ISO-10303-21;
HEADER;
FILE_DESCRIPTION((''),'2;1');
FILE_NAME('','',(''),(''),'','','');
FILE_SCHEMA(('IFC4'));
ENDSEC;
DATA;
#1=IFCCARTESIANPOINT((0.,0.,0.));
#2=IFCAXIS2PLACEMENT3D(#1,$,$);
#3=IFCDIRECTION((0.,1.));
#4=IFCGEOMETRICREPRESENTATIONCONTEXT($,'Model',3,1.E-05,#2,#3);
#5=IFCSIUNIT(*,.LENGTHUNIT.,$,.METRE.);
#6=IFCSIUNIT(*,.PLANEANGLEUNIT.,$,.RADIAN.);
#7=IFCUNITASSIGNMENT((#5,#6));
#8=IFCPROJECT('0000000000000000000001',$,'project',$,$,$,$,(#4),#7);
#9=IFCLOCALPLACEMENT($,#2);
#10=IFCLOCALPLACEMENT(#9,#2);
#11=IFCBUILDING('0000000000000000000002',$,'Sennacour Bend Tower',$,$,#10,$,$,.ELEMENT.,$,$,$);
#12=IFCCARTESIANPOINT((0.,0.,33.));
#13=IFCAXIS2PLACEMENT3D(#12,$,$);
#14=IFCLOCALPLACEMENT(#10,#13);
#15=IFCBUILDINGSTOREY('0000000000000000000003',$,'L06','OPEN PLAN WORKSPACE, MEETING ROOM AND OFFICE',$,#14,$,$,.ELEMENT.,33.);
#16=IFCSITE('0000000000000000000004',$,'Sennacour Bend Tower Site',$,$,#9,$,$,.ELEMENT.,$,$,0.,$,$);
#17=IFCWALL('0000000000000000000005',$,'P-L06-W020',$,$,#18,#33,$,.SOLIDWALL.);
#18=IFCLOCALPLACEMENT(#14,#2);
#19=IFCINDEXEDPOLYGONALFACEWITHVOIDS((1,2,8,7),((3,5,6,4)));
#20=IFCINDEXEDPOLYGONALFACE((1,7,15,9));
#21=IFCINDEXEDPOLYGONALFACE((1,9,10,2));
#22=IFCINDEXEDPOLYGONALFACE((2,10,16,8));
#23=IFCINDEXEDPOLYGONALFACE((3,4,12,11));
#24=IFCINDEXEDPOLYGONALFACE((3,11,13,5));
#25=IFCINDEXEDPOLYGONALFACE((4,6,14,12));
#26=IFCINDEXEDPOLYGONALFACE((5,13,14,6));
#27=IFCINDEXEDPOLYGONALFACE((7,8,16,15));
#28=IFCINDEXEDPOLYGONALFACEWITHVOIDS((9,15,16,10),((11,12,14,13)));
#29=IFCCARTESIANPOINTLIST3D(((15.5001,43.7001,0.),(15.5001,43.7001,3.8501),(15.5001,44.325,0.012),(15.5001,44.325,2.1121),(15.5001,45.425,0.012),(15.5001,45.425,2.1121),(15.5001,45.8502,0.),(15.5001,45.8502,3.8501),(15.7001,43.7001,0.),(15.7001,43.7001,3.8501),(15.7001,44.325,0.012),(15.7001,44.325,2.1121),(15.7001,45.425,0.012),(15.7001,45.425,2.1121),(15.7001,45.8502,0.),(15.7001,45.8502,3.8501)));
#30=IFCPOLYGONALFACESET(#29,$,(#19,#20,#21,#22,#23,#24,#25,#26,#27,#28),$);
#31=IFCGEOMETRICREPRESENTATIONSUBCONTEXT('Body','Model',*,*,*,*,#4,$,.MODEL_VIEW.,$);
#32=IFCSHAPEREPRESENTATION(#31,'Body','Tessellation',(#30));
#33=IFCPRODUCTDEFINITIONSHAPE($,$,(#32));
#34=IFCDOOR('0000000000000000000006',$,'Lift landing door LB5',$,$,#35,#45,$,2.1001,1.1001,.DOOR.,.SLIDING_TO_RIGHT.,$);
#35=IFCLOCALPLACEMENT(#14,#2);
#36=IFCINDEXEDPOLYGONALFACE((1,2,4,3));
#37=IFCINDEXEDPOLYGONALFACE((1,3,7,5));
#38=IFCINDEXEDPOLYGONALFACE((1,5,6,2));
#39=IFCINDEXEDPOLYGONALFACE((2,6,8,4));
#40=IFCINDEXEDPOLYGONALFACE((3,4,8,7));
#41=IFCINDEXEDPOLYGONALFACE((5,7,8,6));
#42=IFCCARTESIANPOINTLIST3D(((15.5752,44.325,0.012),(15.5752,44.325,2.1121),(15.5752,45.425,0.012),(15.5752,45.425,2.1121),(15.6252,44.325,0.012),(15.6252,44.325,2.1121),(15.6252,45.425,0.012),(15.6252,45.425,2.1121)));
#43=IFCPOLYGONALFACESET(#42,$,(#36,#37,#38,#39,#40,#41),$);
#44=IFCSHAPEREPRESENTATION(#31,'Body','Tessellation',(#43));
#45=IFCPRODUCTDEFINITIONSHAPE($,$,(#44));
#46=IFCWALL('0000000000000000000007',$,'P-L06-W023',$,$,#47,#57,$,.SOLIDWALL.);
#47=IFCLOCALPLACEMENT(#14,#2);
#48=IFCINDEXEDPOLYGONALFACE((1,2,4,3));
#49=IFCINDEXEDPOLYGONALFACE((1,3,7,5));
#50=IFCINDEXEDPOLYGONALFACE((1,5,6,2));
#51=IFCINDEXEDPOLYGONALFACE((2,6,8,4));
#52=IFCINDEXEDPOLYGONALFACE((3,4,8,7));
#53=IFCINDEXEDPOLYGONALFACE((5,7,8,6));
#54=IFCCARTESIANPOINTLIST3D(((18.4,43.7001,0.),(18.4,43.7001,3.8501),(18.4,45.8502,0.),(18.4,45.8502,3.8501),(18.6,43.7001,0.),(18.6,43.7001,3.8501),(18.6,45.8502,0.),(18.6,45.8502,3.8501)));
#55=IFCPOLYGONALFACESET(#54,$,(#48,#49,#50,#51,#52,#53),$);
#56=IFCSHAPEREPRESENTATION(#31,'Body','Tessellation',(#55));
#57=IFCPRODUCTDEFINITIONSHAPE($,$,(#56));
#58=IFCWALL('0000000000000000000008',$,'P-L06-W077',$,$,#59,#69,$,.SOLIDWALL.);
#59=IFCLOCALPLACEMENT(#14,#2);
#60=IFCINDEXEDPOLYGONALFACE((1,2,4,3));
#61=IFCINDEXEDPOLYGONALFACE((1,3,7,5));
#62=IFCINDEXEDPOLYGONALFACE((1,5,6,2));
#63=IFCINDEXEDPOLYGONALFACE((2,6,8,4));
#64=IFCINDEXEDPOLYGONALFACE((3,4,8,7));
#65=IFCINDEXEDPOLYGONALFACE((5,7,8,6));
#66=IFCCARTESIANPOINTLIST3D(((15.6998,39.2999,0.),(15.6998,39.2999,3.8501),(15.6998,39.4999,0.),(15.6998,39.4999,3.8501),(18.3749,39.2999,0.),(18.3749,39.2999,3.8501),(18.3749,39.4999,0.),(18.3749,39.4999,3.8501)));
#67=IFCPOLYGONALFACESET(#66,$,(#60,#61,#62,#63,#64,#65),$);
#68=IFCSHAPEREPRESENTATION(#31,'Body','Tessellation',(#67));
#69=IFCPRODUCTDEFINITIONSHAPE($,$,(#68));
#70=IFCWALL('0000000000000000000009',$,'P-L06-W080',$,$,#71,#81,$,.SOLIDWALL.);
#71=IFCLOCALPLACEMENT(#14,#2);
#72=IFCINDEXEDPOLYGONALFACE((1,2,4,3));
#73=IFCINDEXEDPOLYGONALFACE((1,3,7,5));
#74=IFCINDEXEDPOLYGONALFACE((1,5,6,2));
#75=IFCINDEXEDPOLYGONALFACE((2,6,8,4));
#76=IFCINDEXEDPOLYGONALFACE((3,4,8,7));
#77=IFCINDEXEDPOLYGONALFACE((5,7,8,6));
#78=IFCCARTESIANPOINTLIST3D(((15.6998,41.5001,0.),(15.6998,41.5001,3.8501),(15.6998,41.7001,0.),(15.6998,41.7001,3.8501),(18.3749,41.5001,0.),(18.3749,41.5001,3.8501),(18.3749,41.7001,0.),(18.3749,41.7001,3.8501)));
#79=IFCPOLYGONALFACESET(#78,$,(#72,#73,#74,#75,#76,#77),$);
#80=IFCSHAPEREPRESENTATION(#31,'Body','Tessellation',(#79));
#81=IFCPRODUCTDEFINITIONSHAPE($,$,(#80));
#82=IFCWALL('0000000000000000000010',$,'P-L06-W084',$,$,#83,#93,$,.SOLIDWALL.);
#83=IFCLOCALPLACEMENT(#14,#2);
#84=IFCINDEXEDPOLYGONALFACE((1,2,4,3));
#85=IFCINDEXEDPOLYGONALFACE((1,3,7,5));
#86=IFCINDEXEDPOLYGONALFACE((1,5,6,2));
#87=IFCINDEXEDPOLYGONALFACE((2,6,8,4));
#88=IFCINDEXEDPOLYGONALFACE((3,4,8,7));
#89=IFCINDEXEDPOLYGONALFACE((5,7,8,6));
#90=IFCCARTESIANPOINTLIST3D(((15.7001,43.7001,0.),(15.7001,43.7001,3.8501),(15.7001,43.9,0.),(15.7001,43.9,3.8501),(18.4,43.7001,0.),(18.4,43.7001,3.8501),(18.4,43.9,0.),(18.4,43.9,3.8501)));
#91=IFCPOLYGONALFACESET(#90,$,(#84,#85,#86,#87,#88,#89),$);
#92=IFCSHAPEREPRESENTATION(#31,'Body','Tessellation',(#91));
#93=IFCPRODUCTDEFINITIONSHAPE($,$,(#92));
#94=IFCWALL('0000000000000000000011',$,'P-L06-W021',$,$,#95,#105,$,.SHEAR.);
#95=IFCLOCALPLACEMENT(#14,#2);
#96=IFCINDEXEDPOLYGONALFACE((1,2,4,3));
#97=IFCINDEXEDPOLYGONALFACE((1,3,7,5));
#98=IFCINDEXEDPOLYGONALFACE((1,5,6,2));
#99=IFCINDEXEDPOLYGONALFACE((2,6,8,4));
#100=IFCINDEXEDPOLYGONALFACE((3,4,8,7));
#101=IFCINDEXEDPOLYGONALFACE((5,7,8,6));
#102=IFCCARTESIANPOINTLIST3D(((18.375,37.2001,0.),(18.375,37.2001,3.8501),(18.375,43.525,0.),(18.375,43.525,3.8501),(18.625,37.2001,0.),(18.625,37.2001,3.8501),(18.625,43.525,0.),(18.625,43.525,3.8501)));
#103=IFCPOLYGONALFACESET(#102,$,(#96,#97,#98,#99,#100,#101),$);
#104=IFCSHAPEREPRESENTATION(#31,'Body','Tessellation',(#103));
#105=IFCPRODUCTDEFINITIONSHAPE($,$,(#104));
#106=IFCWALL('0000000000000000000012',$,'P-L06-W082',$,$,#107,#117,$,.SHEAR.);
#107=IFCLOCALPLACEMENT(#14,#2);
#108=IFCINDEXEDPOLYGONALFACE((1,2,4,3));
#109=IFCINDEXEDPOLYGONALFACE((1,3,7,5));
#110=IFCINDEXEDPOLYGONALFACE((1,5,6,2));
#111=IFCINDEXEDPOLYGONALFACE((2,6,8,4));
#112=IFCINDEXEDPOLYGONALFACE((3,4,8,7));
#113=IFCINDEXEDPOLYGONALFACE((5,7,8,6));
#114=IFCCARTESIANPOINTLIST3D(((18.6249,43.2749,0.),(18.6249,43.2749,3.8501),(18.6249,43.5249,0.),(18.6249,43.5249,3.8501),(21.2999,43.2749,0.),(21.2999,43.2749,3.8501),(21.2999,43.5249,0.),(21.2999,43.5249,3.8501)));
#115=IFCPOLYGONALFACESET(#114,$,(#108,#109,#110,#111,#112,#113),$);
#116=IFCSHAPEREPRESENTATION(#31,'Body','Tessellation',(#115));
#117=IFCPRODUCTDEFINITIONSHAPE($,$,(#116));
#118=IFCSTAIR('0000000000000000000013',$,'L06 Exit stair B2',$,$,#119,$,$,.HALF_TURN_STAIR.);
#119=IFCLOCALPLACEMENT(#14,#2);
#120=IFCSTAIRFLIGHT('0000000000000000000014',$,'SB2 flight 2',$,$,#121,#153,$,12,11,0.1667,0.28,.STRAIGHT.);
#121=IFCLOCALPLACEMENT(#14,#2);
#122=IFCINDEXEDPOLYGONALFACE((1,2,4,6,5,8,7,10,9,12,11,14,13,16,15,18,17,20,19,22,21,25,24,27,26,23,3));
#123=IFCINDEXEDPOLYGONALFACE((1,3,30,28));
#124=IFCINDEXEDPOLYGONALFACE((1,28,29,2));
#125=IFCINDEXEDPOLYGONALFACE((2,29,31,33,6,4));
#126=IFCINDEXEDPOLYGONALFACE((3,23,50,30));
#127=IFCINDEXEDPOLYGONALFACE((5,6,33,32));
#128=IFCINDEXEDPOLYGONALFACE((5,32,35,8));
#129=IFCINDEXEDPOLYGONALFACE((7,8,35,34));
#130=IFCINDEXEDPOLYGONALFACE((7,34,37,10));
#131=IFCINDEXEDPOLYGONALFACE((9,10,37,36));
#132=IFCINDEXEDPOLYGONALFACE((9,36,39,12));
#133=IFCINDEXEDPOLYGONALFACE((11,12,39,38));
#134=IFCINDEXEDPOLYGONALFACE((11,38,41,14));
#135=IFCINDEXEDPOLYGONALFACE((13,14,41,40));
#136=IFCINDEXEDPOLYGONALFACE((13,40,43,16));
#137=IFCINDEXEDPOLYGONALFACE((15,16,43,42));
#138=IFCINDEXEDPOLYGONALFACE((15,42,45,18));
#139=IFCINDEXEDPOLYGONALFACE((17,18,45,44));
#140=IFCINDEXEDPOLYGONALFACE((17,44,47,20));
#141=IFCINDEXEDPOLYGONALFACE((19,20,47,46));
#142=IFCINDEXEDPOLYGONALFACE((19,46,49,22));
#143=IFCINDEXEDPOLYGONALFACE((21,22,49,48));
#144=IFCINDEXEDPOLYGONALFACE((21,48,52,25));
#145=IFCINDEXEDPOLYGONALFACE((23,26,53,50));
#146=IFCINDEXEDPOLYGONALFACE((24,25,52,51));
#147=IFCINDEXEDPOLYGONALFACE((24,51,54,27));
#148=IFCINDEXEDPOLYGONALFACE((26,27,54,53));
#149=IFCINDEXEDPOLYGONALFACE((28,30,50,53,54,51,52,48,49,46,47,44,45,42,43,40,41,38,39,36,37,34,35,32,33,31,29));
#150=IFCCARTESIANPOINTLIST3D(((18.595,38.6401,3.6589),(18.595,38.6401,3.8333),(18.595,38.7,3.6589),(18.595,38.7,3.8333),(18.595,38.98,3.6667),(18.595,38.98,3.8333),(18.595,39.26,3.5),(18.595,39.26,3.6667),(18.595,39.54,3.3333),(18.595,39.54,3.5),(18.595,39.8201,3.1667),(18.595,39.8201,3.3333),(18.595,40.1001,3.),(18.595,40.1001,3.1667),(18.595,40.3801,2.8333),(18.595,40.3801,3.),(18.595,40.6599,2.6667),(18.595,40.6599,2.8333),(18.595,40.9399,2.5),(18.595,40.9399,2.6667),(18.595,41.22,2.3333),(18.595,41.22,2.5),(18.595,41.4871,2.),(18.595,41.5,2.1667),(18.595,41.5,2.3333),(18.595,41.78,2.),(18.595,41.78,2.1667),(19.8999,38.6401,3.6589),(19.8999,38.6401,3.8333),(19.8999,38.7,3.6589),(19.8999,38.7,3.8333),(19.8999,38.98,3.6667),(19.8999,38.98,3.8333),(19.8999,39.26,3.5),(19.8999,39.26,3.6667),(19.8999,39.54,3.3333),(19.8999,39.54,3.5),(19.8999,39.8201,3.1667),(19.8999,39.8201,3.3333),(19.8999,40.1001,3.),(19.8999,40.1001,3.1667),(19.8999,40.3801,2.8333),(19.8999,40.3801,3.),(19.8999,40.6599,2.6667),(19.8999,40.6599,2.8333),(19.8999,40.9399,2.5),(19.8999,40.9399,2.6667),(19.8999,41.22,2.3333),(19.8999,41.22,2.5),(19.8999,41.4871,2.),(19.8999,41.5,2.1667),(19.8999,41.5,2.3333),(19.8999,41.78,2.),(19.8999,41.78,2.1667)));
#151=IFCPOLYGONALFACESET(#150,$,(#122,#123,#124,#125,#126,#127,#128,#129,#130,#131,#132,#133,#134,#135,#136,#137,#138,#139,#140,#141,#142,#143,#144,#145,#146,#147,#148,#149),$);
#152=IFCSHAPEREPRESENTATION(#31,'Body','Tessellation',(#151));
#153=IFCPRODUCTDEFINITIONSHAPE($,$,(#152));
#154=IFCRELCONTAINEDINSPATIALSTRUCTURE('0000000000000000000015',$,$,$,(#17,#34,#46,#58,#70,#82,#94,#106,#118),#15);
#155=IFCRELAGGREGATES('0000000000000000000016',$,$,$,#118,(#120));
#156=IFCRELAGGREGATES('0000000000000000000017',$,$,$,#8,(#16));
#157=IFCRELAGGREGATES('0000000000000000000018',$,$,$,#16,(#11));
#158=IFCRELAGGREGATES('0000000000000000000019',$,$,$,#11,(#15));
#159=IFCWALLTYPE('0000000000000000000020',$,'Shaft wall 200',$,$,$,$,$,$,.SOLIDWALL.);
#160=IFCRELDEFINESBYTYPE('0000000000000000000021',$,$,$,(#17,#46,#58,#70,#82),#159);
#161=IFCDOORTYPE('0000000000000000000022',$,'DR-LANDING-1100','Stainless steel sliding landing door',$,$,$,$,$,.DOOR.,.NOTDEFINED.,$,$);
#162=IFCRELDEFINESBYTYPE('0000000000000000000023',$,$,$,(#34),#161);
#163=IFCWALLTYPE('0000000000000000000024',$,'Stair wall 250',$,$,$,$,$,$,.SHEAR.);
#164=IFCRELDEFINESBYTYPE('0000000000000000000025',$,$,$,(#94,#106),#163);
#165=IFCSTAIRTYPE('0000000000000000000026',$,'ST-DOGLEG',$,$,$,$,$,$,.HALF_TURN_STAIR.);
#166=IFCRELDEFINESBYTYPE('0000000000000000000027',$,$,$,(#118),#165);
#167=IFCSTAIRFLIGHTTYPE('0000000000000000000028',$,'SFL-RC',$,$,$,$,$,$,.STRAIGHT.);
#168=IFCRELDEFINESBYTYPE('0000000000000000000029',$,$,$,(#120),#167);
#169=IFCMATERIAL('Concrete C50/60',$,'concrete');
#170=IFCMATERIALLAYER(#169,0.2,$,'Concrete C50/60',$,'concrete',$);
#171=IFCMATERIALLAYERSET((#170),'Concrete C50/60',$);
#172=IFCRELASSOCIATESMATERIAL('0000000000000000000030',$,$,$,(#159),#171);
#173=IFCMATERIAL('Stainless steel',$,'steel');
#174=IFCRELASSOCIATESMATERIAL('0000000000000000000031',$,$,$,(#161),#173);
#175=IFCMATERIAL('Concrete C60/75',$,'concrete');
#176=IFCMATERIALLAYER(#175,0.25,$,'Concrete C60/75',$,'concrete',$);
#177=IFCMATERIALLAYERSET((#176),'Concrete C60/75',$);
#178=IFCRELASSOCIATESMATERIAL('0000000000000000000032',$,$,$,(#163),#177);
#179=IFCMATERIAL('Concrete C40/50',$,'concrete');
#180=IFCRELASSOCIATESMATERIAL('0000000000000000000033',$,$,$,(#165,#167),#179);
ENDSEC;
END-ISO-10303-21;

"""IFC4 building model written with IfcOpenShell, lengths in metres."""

from ifc_helpers import new_model, si_unit, direction, frame, frame_2d, origin, place, context, subcontext, project, spatial, polyline, rectangle, outline, extrude, material, layer, layer_set, type_object, element, fill, aggregate, save


model = new_model("IFC4")

# Units and contexts
model_context = context("Model", 3, precision=1e-05, world=origin(), true_north=direction((0.0, 1.0)))
body_context = subcontext(model_context, "Body", "Model", "MODEL_VIEW")
ifc_project = project(units=[si_unit("LENGTHUNIT", "METRE"), si_unit("PLANEANGLEUNIT", "RADIAN")], contexts=[model_context])

# Site, building, storey
site_placement = place(None, origin())
site = spatial("IfcSite", under=ifc_project, at=site_placement, Name="Sennacour Bend Tower Site", CompositionType="ELEMENT", RefElevation=0.0)
building_placement = place(site_placement, origin())
building = spatial("IfcBuilding", under=site, at=building_placement, Name="Sennacour Bend Tower", CompositionType="ELEMENT")
storey_placement = place(building_placement, frame((0.0, 0.0, 33.0)))
storey = spatial("IfcBuildingStorey", under=building, at=storey_placement, Name="L06", Description="OPEN PLAN WORKSPACE, MEETING ROOM AND OFFICE", CompositionType="ELEMENT", Elevation=33.0)

# Shared definitions
ifc_material_1 = material(Name="Concrete C50/60", Category="concrete")
ifc_layer_1 = layer(ifc_material_1, 0.2, Name="Concrete C50/60", Category="concrete")
ifc_layer_set_1 = layer_set([ifc_layer_1], Name="Concrete C50/60")
wall_type_1 = type_object("IfcWallType", Name="Shaft wall 200", PredefinedType="SOLIDWALL", material=ifc_layer_set_1)
ifc_material_2 = material(Name="Stainless steel", Category="steel")

# Wall, opening, door
wall_1_placement = place(storey_placement, frame((15.6001, 43.7, 0.0), z_axis=(0.0, 0.0, 1.0), x_axis=(0.0, 1.0, 0.0)))
wall_1 = element("IfcWall", 1, at=wall_1_placement, inside=storey, type_object=wall_type_1, Name="P-L06-W020", PredefinedType="SOLIDWALL", context=body_context, shape_type="SweptSolid", body=[
    extrude(rectangle(XDim=2.1501, YDim=0.2, at=frame_2d((1.0752, 0.0))), origin(), (0.0, 0.0, 1.0), 3.8501),
])
opening_1_placement = place(wall_1_placement, frame((0.625, 0.0, 0.012)))
opening_1 = element("IfcOpeningElement", 2, at=opening_1_placement, cuts=wall_1, PredefinedType="OPENING", context=body_context, shape_type="SweptSolid", body=[
    extrude(rectangle(XDim=1.1001, YDim=2.1001, at=frame_2d((0.55, 1.05))), frame((0.0, 0.1099, 0.0), z_axis=(0.0, -1.0, 0.0), x_axis=(1.0, 0.0, 0.0)), (0.0, 0.0, 1.0), 0.22),
])
door_type_1 = type_object("IfcDoorType", Name="DR-LANDING-1100", Description="Stainless steel sliding landing door", OperationType="NOTDEFINED", PredefinedType="DOOR", material=ifc_material_2)
door_1_placement = place(opening_1_placement, origin())
door_1 = element("IfcDoor", 3, at=door_1_placement, inside=storey, type_object=door_type_1, Name="Lift landing door LB5", OperationType="SLIDING_TO_RIGHT", OverallHeight=2.1001, OverallWidth=1.1001, PredefinedType="DOOR", context=body_context, shape_type="SweptSolid", body=[
    extrude(rectangle(XDim=1.1001, YDim=2.1001, at=frame_2d((0.55, 1.05))), frame((0.0, 0.0249, 0.0), z_axis=(0.0, -1.0, 0.0), x_axis=(1.0, 0.0, 0.0)), (0.0, 0.0, 1.0), 0.05),
])
fill(opening_1, door_1)

# Walls
wall_2_placement = place(storey_placement, frame((18.5, 43.7, 0.0), z_axis=(0.0, 0.0, 1.0), x_axis=(0.0, 1.0, 0.0)))
element("IfcWall", 4, at=wall_2_placement, inside=storey, type_object=wall_type_1, Name="P-L06-W023", PredefinedType="SOLIDWALL", context=body_context, shape_type="SweptSolid", body=[
    extrude(rectangle(XDim=2.1501, YDim=0.2, at=frame_2d((1.0752, 0.0))), origin(), (0.0, 0.0, 1.0), 3.8501),
])
for number, where, z_axis, x_axis, name in (
    (5, (15.7, 39.3999, 0.0), (0.0, 0.0, 1.0), (1.0, 0.0, 0.0), "P-L06-W077"),
    (6, (15.7, 41.6001, 0.0), (0.0, 0.0, 1.0), (1.0, 0.0, 0.0), "P-L06-W080"),
):
    element("IfcWall", number, at=place(storey_placement, frame(where, z_axis=z_axis, x_axis=x_axis)), inside=storey, type_object=wall_type_1, Name=name, PredefinedType="SOLIDWALL", context=body_context, shape_type="SweptSolid", body=[
        extrude(rectangle(XDim=2.675, YDim=0.2, at=frame_2d((1.3374, 0.0))), origin(), (0.0, 0.0, 1.0), 3.8501),
    ])
wall_3_placement = place(storey_placement, frame((15.7, 43.8, 0.0), z_axis=(0.0, 0.0, 1.0), x_axis=(1.0, 0.0, 0.0)))
element("IfcWall", 7, at=wall_3_placement, inside=storey, type_object=wall_type_1, Name="P-L06-W084", PredefinedType="SOLIDWALL", context=body_context, shape_type="SweptSolid", body=[
    extrude(rectangle(XDim=2.7, YDim=0.2, at=frame_2d((1.3501, 0.0))), origin(), (0.0, 0.0, 1.0), 3.8501),
])
ifc_material_3 = material(Name="Concrete C60/75", Category="concrete")
ifc_layer_2 = layer(ifc_material_3, 0.25, Name="Concrete C60/75", Category="concrete")
ifc_layer_set_2 = layer_set([ifc_layer_2], Name="Concrete C60/75")
wall_type_2 = type_object("IfcWallType", Name="Stair wall 250", PredefinedType="SHEAR", material=ifc_layer_set_2)
wall_4_placement = place(storey_placement, frame((18.5, 37.2, 0.0), z_axis=(0.0, 0.0, 1.0), x_axis=(0.0, 1.0, 0.0)))
element("IfcWall", 8, at=wall_4_placement, inside=storey, type_object=wall_type_2, Name="P-L06-W021", PredefinedType="SHEAR", context=body_context, shape_type="SweptSolid", body=[
    extrude(rectangle(XDim=6.325, YDim=0.25, at=frame_2d((3.1626, 0.0))), origin(), (0.0, 0.0, 1.0), 3.8501),
])
wall_5_placement = place(storey_placement, frame((18.625, 43.3999, 0.0), z_axis=(0.0, 0.0, 1.0), x_axis=(1.0, 0.0, 0.0)))
element("IfcWall", 9, at=wall_5_placement, inside=storey, type_object=wall_type_2, Name="P-L06-W082", PredefinedType="SHEAR", context=body_context, shape_type="SweptSolid", body=[
    extrude(rectangle(XDim=2.675, YDim=0.25, at=frame_2d((1.3374, 0.0))), origin(), (0.0, 0.0, 1.0), 3.8501),
])

# Stair, stair flight
ifc_material_4 = material(Name="Concrete C40/50", Category="concrete")
stair_type = type_object("IfcStairType", Name="ST-DOGLEG", PredefinedType="HALF_TURN_STAIR", material=ifc_material_4)
stair_placement = place(storey_placement, origin())
stair = element("IfcStair", 10, at=stair_placement, inside=storey, type_object=stair_type, Name="L06 Exit stair B2", PredefinedType="HALF_TURN_STAIR")
stair_flight_type = type_object("IfcStairFlightType", Name="SFL-RC", PredefinedType="STRAIGHT", material=ifc_material_4)
stair_flight_placement = place(storey_placement, frame((19.2476, 41.78, 2.0), z_axis=(0.0, 0.0, 1.0), x_axis=(0.0, -1.0, 0.0)))
stair_flight = element("IfcStairFlight", 11, at=stair_flight_placement, type_object=stair_flight_type, Name="SB2 flight 2", NumberOfRisers=12, NumberOfTreads=11, PredefinedType="STRAIGHT", RiserHeight=0.1667, TreadLength=0.28, context=body_context, shape_type="SweptSolid", body=[
    extrude(outline(polyline([(0.0, 0.0), (0.0, 0.1667), (0.28, 0.1667), (0.28, 0.3333), (0.5601, 0.3333), (0.5601, 0.5), (0.8401, 0.5), (0.8401, 0.6667), (1.1201, 0.6667), (1.1201, 0.8333), (1.3999, 0.8333), (1.3999, 1.0), (1.6799, 1.0), (1.6799, 1.1667), (1.96, 1.1667), (1.96, 1.3333), (2.24, 1.3333), (2.24, 1.5), (2.52, 1.5), (2.52, 1.6667), (2.8, 1.6667), (2.8, 1.8333), (3.0801, 1.8333), (3.1399, 1.8333), (3.1399, 1.6589), (3.0801, 1.6589), (0.293, 0.0), (0.0, 0.0)])), frame((0.0, 0.6523, 0.0), z_axis=(0.0, -1.0, 0.0), x_axis=(1.0, 0.0, 0.0)), (0.0, 0.0, 1.0), 1.3049),
])
aggregate(stair, [stair_flight])

save(model, "model.ifc")
